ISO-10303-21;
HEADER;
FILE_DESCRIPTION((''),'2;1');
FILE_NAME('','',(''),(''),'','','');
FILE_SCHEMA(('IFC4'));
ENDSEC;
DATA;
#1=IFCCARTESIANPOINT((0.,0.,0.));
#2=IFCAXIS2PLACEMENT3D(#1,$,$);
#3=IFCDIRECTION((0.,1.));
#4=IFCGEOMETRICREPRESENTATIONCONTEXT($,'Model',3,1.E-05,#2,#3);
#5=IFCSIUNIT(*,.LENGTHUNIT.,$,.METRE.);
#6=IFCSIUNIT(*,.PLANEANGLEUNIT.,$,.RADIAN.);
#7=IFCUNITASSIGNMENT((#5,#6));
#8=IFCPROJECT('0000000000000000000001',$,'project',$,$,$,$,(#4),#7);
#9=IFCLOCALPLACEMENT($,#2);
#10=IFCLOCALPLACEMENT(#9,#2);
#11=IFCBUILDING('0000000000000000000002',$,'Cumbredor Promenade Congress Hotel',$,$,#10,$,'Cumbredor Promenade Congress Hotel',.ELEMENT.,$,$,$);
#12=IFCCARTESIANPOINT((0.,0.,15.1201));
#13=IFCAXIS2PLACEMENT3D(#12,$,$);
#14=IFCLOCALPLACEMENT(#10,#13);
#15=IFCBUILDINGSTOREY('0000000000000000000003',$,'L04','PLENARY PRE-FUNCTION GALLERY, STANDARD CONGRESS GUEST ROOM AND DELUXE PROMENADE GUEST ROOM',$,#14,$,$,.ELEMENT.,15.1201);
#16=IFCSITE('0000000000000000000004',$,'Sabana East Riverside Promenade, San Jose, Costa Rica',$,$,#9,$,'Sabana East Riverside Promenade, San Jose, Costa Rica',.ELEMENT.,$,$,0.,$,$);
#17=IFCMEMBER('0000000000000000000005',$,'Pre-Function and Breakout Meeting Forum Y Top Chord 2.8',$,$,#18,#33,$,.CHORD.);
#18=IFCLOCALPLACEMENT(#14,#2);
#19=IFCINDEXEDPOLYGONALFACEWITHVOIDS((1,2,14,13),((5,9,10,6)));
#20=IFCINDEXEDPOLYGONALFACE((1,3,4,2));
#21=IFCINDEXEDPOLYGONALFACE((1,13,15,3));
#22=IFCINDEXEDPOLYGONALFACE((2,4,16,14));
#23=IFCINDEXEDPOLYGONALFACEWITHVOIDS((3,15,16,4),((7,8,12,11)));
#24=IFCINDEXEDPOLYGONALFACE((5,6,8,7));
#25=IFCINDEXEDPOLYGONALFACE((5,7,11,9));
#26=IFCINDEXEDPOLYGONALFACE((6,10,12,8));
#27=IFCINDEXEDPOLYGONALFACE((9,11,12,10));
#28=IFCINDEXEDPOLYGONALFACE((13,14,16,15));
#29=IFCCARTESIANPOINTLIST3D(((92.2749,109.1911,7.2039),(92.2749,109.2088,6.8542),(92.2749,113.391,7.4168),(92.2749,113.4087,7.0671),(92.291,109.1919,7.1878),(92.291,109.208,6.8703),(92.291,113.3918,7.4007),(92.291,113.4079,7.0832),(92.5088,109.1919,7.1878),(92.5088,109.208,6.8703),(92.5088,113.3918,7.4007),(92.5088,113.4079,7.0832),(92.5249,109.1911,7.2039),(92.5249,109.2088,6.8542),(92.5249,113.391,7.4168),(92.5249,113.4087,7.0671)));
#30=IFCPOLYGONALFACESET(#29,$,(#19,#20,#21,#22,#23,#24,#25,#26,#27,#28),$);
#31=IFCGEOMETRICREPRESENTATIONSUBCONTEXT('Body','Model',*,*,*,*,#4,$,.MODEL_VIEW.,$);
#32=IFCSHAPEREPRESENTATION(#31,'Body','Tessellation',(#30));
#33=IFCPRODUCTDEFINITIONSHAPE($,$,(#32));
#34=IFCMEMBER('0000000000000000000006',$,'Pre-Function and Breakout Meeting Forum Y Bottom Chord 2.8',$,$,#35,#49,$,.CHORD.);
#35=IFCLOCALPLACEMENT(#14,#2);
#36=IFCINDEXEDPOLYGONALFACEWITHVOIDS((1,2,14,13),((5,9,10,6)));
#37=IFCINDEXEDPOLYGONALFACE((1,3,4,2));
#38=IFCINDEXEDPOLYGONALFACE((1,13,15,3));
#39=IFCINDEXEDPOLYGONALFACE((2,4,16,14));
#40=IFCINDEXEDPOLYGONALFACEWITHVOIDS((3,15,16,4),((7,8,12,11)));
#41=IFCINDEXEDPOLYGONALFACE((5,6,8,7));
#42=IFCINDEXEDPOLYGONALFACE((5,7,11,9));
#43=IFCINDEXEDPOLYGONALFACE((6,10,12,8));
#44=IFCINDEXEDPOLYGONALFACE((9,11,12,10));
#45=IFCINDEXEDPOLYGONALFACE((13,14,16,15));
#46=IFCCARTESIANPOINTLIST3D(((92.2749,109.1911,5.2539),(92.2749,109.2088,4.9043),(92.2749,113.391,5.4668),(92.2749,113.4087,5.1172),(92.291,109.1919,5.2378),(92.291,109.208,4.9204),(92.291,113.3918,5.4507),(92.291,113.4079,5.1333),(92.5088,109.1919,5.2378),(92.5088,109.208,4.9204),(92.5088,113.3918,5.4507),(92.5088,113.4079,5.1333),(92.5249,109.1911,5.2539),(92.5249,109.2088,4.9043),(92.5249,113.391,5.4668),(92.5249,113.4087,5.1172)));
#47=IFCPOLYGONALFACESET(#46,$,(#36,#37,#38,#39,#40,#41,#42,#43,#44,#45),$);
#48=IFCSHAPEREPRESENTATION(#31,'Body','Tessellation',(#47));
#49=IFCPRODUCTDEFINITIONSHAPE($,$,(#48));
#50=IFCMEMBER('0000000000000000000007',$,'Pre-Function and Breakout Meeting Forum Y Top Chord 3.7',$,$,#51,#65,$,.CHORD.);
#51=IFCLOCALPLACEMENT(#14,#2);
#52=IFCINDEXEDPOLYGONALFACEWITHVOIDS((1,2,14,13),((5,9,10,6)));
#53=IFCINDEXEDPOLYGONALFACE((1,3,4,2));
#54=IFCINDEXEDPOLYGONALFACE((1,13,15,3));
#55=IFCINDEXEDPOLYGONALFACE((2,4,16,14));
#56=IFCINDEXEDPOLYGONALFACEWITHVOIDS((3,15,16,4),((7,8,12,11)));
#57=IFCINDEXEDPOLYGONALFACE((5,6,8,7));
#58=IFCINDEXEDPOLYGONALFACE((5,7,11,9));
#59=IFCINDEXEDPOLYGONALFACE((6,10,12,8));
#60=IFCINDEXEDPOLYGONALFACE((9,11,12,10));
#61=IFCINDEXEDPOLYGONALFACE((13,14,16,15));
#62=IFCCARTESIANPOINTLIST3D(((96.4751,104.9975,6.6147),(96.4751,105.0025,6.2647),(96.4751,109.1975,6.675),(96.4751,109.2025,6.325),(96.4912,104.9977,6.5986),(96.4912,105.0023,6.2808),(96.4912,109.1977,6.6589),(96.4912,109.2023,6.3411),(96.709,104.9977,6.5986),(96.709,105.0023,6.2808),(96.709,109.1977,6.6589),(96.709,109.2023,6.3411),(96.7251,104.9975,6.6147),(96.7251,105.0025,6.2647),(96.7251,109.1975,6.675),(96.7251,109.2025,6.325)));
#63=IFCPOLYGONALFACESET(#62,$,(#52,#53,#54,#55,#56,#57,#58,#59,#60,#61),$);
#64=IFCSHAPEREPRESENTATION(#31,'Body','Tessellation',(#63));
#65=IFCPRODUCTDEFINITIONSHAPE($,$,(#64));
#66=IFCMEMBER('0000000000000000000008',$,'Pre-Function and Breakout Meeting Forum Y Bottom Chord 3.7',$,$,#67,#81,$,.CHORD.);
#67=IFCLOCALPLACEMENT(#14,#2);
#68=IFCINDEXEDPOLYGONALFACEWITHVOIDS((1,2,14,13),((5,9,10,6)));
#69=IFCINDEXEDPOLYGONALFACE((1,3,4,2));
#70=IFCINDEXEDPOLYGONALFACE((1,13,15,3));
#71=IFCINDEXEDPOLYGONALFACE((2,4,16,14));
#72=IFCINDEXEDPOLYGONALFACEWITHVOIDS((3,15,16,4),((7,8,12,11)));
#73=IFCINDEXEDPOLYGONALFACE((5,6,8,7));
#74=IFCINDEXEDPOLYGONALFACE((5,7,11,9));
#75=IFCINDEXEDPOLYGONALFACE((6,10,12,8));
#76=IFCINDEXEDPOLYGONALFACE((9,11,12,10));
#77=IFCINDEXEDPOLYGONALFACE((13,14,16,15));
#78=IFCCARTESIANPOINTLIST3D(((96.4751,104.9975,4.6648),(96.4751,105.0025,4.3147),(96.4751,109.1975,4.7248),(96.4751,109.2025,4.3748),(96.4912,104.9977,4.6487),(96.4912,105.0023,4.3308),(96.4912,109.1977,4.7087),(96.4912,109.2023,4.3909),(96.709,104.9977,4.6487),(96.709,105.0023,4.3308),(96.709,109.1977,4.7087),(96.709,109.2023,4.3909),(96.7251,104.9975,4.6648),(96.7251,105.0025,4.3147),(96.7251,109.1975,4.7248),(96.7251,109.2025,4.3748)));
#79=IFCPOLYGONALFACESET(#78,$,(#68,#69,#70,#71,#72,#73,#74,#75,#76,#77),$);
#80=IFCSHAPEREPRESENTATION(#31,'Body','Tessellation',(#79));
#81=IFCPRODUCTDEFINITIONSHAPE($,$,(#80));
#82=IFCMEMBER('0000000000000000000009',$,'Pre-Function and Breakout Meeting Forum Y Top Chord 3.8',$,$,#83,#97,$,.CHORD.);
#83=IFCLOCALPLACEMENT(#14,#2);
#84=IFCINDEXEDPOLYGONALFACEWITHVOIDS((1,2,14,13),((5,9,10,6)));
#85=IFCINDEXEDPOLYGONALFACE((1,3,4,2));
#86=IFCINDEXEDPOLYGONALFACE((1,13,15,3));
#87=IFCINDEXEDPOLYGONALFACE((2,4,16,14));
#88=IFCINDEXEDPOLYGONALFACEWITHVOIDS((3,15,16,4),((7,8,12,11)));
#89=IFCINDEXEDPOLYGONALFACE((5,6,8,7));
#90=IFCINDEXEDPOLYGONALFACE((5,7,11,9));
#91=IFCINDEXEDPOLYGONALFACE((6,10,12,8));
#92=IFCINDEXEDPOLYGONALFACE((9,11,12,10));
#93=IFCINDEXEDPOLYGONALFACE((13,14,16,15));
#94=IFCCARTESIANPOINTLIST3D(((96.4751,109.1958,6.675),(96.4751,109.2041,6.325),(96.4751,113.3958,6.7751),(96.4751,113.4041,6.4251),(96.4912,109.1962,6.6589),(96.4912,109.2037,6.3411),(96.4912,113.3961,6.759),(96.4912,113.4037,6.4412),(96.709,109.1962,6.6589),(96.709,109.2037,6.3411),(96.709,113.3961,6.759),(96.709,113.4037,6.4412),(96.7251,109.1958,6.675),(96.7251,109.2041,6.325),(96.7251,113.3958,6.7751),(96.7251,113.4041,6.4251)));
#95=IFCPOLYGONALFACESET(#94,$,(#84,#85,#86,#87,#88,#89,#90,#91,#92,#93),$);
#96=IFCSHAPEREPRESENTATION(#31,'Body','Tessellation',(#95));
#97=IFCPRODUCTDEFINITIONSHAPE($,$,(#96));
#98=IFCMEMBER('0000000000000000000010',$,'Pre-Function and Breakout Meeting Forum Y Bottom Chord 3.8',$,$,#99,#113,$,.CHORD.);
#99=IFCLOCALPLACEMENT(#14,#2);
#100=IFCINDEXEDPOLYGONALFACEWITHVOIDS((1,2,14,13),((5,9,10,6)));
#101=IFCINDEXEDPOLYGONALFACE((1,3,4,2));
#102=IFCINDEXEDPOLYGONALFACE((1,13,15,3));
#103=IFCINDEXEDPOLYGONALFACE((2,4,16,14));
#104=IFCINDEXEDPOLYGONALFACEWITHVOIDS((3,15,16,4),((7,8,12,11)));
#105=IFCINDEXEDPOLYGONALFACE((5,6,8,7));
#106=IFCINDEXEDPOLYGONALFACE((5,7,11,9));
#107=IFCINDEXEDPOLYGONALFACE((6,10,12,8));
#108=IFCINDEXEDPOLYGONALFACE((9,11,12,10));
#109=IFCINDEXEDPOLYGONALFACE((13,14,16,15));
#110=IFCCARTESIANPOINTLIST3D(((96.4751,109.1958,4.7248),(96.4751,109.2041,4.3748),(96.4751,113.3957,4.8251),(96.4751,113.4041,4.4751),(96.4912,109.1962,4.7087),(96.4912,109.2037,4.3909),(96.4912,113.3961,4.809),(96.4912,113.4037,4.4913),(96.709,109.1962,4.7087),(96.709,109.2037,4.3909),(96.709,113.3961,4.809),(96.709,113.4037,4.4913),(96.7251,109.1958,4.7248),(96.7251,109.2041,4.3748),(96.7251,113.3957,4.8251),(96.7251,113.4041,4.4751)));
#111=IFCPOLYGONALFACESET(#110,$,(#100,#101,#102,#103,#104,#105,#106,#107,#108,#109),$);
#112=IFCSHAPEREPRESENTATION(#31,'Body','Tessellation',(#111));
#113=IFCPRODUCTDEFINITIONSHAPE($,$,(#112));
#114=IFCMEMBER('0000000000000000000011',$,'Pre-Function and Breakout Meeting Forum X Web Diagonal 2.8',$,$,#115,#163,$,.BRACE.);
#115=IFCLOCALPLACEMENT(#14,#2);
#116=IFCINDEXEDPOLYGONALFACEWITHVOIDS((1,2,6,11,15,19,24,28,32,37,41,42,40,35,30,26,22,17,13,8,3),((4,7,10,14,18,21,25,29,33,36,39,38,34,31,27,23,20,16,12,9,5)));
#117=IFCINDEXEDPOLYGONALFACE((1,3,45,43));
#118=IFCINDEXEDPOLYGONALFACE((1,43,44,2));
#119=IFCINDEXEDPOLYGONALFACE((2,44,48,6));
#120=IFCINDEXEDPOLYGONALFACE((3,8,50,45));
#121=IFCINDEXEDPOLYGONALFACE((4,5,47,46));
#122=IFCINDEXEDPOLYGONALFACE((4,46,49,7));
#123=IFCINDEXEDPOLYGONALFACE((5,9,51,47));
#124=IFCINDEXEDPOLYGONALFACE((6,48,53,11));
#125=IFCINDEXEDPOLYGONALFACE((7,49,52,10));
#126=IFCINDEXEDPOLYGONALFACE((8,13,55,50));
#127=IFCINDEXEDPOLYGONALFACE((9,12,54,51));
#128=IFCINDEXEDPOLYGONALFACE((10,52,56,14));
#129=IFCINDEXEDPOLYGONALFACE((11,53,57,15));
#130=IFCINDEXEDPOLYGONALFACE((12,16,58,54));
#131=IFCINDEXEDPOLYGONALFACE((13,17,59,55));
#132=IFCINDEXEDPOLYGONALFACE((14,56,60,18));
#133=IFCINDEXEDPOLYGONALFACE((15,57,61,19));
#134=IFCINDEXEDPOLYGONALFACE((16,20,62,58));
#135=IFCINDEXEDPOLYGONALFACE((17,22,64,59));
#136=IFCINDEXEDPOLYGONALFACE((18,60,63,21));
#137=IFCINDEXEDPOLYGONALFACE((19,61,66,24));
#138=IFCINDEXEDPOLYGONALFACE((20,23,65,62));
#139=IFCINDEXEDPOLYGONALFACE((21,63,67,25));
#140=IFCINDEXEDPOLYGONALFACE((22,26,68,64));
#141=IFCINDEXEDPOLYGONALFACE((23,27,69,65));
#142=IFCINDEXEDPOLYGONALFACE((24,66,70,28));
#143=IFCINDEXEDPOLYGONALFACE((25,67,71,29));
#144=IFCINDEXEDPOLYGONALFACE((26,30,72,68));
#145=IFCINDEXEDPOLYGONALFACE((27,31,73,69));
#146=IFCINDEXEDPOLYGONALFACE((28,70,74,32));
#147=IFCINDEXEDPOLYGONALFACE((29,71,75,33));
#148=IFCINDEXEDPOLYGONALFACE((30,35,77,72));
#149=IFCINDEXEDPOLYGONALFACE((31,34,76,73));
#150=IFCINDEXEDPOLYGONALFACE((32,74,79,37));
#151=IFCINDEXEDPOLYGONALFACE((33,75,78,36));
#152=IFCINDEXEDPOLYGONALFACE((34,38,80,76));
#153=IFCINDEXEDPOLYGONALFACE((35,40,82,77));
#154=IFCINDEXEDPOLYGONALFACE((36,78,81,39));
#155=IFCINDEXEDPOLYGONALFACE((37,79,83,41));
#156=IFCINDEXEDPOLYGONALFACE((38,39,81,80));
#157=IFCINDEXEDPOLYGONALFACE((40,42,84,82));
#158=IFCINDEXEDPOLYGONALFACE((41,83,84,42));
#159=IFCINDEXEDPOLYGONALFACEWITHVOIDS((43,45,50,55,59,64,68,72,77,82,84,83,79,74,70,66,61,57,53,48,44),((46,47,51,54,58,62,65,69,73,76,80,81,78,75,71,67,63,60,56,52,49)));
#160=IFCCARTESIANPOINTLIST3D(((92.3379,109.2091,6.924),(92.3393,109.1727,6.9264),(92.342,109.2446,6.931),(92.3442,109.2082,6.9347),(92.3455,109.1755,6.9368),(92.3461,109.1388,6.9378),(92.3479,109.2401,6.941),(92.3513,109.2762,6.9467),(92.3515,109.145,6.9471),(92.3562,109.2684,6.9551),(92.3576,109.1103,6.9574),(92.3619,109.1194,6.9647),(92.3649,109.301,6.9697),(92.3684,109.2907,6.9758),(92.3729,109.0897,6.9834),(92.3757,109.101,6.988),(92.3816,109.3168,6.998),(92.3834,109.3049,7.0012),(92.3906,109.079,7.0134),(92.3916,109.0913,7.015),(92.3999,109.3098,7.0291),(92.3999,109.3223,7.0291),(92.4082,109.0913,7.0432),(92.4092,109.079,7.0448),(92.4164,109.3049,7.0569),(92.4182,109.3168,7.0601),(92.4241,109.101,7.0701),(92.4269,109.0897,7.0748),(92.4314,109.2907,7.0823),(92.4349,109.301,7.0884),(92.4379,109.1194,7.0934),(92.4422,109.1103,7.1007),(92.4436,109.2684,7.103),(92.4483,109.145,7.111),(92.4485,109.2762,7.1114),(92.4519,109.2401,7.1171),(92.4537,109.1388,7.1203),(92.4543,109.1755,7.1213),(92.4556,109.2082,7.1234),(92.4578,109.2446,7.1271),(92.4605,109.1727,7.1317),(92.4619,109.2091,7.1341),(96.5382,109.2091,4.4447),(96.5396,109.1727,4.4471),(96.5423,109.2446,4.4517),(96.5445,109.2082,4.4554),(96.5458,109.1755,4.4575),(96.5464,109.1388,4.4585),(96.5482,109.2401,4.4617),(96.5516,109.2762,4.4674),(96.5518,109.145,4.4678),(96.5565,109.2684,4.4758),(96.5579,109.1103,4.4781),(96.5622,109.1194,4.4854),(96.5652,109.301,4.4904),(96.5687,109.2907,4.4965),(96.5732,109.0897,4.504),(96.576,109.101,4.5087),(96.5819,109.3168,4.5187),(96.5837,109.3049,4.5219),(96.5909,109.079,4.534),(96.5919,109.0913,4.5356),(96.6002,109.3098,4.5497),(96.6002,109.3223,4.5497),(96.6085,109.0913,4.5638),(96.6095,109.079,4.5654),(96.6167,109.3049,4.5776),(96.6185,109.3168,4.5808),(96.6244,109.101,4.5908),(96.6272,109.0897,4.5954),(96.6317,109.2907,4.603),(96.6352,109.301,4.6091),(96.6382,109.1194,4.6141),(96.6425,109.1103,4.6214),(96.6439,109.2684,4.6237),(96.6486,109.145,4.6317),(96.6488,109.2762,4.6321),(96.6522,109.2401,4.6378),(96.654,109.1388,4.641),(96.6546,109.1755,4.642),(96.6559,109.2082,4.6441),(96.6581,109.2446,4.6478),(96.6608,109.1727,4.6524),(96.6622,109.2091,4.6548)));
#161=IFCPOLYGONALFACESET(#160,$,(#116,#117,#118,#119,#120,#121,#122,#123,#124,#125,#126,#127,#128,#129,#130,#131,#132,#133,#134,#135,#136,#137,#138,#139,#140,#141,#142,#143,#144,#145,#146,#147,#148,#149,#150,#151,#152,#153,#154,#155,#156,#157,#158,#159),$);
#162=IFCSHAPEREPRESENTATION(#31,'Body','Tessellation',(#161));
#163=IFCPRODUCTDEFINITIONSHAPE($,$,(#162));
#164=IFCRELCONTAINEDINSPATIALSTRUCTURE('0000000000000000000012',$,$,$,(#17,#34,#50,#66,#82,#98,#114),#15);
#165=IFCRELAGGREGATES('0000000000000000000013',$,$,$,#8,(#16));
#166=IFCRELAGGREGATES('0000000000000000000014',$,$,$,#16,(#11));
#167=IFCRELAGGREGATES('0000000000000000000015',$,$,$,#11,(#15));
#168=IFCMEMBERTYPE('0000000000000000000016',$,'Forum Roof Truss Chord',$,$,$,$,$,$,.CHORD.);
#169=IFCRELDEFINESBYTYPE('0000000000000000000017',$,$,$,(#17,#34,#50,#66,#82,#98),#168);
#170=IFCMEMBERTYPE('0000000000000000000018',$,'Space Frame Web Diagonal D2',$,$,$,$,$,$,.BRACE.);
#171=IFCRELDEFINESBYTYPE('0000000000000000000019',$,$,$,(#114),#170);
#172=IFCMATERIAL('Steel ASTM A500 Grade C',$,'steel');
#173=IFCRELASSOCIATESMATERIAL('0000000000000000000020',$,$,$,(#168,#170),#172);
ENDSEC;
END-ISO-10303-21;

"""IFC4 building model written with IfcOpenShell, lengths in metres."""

from ifc_helpers import new_model, si_unit, direction, frame, origin, origin_2d, place, context, subcontext, project, spatial, hollow_rectangle, hollow_circle, extrude, material, material_profile, profile_set, type_object, element, save


model = new_model("IFC4")

# Units and contexts
model_context = context("Model", 3, precision=1e-05, world=origin(), true_north=direction((0.0, 1.0)))
body_context = subcontext(model_context, "Body", "Model", "MODEL_VIEW")
ifc_project = project(units=[si_unit("LENGTHUNIT", "METRE"), si_unit("PLANEANGLEUNIT", "RADIAN")], contexts=[model_context])

# Site, building, storey
site_placement = place(None, origin())
site = spatial("IfcSite", under=ifc_project, at=site_placement, Name="Sabana East Riverside Promenade, San Jose, Costa Rica", LongName="Sabana East Riverside Promenade, San Jose, Costa Rica", CompositionType="ELEMENT", RefElevation=0.0)
building_placement = place(site_placement, origin())
building = spatial("IfcBuilding", under=site, at=building_placement, Name="Cumbredor Promenade Congress Hotel", LongName="Cumbredor Promenade Congress Hotel", CompositionType="ELEMENT")
storey_placement = place(building_placement, frame((0.0, 0.0, 15.1201)))
storey = spatial("IfcBuildingStorey", under=building, at=storey_placement, Name="L04", Description="PLENARY PRE-FUNCTION GALLERY, STANDARD CONGRESS GUEST ROOM AND DELUXE PROMENADE GUEST ROOM", CompositionType="ELEMENT", Elevation=15.1201)

# Members
ifc_material_1 = material(Name="Steel ASTM A500 Grade C", Category="steel")
ifc_material_profile_1 = material_profile(ifc_material_1, hollow_rectangle(XDim=0.25, YDim=0.3501, WallThickness=0.0161, at=origin_2d()), Name="HSS 350x250x16")
ifc_profile_set_1 = profile_set([ifc_material_profile_1], Name="Steel ASTM A500 Grade C")
member_type_1 = type_object("IfcMemberType", Name="Forum Roof Truss Chord", PredefinedType="CHORD", material=ifc_profile_set_1)
for number, where, z_axis, x_axis, name in (
    (1, (92.3999, 109.2, 7.0291), (0.0, 0.998718, 0.050624), (-1.0, 0.0, 0.0), "Pre-Function and Breakout Meeting Forum Y Top Chord 2.8"),
    (2, (92.3999, 109.2, 5.0791), (0.0, 0.998718, 0.050624), (-1.0, 0.0, 0.0), "Pre-Function and Breakout Meeting Forum Y Bottom Chord 2.8"),
):
    element("IfcMember", number, at=place(storey_placement, frame(where, z_axis=z_axis, x_axis=x_axis)), inside=storey, type_object=member_type_1, Name=name, PredefinedType="CHORD", context=body_context, shape_type="SweptSolid", body=[
        extrude(hollow_rectangle(XDim=0.25, YDim=0.3501, WallThickness=0.0161, at=origin_2d()), origin(), (0.0, 0.0, 1.0), 4.2053),
    ])
for number, where, z_axis, x_axis, name in (
    (3, (96.6001, 105.0, 6.4397), (0.0, 0.999897, 0.014356), (-1.0, 0.0, 0.0), "Pre-Function and Breakout Meeting Forum Y Top Chord 3.7"),
    (4, (96.6001, 105.0, 4.4897), (0.0, 0.999898, 0.014298), (-1.0, 0.0, 0.0), "Pre-Function and Breakout Meeting Forum Y Bottom Chord 3.7"),
):
    element("IfcMember", number, at=place(storey_placement, frame(where, z_axis=z_axis, x_axis=x_axis)), inside=storey, type_object=member_type_1, Name=name, PredefinedType="CHORD", context=body_context, shape_type="SweptSolid", body=[
        extrude(hollow_rectangle(XDim=0.25, YDim=0.3501, WallThickness=0.0161, at=origin_2d()), origin(), (0.0, 0.0, 1.0), 4.2004),
    ])
for number, where, z_axis, x_axis, name in (
    (5, (96.6001, 109.2, 6.5), (0.0, 0.999716, 0.023826), (-1.0, 0.0, 0.0), "Pre-Function and Breakout Meeting Forum Y Top Chord 3.8"),
    (6, (96.6001, 109.2, 4.5498), (0.0, 0.999715, 0.023884), (-1.0, 0.0, 0.0), "Pre-Function and Breakout Meeting Forum Y Bottom Chord 3.8"),
):
    element("IfcMember", number, at=place(storey_placement, frame(where, z_axis=z_axis, x_axis=x_axis)), inside=storey, type_object=member_type_1, Name=name, PredefinedType="CHORD", context=body_context, shape_type="SweptSolid", body=[
        extrude(hollow_rectangle(XDim=0.25, YDim=0.3501, WallThickness=0.0161, at=origin_2d()), origin(), (0.0, 0.0, 1.0), 4.2012),
    ])
ifc_material_profile_2 = material_profile(ifc_material_1, hollow_circle(Radius=0.1223, WallThickness=0.0125, at=origin_2d()), Name="CHS 244.5x12.5")
ifc_profile_set_2 = profile_set([ifc_material_profile_2], Name="Steel ASTM A500 Grade C")
member_type_2 = type_object("IfcMemberType", Name="Space Frame Web Diagonal D2", PredefinedType="BRACE", material=ifc_profile_set_2)
member_1_placement = place(storey_placement, frame((92.3999, 109.2, 7.0291), z_axis=(0.861168, 0.0, -0.508321), x_axis=(0.0, 1.0, 0.0)))
element("IfcMember", 7, at=member_1_placement, inside=storey, type_object=member_type_2, Name="Pre-Function and Breakout Meeting Forum X Web Diagonal 2.8", PredefinedType="BRACE", context=body_context, shape_type="SweptSolid", body=[
    extrude(hollow_circle(Radius=0.1223, WallThickness=0.0125, at=origin_2d()), origin(), (0.0, 0.0, 1.0), 4.8774),
])

save(model, "model.ifc")
